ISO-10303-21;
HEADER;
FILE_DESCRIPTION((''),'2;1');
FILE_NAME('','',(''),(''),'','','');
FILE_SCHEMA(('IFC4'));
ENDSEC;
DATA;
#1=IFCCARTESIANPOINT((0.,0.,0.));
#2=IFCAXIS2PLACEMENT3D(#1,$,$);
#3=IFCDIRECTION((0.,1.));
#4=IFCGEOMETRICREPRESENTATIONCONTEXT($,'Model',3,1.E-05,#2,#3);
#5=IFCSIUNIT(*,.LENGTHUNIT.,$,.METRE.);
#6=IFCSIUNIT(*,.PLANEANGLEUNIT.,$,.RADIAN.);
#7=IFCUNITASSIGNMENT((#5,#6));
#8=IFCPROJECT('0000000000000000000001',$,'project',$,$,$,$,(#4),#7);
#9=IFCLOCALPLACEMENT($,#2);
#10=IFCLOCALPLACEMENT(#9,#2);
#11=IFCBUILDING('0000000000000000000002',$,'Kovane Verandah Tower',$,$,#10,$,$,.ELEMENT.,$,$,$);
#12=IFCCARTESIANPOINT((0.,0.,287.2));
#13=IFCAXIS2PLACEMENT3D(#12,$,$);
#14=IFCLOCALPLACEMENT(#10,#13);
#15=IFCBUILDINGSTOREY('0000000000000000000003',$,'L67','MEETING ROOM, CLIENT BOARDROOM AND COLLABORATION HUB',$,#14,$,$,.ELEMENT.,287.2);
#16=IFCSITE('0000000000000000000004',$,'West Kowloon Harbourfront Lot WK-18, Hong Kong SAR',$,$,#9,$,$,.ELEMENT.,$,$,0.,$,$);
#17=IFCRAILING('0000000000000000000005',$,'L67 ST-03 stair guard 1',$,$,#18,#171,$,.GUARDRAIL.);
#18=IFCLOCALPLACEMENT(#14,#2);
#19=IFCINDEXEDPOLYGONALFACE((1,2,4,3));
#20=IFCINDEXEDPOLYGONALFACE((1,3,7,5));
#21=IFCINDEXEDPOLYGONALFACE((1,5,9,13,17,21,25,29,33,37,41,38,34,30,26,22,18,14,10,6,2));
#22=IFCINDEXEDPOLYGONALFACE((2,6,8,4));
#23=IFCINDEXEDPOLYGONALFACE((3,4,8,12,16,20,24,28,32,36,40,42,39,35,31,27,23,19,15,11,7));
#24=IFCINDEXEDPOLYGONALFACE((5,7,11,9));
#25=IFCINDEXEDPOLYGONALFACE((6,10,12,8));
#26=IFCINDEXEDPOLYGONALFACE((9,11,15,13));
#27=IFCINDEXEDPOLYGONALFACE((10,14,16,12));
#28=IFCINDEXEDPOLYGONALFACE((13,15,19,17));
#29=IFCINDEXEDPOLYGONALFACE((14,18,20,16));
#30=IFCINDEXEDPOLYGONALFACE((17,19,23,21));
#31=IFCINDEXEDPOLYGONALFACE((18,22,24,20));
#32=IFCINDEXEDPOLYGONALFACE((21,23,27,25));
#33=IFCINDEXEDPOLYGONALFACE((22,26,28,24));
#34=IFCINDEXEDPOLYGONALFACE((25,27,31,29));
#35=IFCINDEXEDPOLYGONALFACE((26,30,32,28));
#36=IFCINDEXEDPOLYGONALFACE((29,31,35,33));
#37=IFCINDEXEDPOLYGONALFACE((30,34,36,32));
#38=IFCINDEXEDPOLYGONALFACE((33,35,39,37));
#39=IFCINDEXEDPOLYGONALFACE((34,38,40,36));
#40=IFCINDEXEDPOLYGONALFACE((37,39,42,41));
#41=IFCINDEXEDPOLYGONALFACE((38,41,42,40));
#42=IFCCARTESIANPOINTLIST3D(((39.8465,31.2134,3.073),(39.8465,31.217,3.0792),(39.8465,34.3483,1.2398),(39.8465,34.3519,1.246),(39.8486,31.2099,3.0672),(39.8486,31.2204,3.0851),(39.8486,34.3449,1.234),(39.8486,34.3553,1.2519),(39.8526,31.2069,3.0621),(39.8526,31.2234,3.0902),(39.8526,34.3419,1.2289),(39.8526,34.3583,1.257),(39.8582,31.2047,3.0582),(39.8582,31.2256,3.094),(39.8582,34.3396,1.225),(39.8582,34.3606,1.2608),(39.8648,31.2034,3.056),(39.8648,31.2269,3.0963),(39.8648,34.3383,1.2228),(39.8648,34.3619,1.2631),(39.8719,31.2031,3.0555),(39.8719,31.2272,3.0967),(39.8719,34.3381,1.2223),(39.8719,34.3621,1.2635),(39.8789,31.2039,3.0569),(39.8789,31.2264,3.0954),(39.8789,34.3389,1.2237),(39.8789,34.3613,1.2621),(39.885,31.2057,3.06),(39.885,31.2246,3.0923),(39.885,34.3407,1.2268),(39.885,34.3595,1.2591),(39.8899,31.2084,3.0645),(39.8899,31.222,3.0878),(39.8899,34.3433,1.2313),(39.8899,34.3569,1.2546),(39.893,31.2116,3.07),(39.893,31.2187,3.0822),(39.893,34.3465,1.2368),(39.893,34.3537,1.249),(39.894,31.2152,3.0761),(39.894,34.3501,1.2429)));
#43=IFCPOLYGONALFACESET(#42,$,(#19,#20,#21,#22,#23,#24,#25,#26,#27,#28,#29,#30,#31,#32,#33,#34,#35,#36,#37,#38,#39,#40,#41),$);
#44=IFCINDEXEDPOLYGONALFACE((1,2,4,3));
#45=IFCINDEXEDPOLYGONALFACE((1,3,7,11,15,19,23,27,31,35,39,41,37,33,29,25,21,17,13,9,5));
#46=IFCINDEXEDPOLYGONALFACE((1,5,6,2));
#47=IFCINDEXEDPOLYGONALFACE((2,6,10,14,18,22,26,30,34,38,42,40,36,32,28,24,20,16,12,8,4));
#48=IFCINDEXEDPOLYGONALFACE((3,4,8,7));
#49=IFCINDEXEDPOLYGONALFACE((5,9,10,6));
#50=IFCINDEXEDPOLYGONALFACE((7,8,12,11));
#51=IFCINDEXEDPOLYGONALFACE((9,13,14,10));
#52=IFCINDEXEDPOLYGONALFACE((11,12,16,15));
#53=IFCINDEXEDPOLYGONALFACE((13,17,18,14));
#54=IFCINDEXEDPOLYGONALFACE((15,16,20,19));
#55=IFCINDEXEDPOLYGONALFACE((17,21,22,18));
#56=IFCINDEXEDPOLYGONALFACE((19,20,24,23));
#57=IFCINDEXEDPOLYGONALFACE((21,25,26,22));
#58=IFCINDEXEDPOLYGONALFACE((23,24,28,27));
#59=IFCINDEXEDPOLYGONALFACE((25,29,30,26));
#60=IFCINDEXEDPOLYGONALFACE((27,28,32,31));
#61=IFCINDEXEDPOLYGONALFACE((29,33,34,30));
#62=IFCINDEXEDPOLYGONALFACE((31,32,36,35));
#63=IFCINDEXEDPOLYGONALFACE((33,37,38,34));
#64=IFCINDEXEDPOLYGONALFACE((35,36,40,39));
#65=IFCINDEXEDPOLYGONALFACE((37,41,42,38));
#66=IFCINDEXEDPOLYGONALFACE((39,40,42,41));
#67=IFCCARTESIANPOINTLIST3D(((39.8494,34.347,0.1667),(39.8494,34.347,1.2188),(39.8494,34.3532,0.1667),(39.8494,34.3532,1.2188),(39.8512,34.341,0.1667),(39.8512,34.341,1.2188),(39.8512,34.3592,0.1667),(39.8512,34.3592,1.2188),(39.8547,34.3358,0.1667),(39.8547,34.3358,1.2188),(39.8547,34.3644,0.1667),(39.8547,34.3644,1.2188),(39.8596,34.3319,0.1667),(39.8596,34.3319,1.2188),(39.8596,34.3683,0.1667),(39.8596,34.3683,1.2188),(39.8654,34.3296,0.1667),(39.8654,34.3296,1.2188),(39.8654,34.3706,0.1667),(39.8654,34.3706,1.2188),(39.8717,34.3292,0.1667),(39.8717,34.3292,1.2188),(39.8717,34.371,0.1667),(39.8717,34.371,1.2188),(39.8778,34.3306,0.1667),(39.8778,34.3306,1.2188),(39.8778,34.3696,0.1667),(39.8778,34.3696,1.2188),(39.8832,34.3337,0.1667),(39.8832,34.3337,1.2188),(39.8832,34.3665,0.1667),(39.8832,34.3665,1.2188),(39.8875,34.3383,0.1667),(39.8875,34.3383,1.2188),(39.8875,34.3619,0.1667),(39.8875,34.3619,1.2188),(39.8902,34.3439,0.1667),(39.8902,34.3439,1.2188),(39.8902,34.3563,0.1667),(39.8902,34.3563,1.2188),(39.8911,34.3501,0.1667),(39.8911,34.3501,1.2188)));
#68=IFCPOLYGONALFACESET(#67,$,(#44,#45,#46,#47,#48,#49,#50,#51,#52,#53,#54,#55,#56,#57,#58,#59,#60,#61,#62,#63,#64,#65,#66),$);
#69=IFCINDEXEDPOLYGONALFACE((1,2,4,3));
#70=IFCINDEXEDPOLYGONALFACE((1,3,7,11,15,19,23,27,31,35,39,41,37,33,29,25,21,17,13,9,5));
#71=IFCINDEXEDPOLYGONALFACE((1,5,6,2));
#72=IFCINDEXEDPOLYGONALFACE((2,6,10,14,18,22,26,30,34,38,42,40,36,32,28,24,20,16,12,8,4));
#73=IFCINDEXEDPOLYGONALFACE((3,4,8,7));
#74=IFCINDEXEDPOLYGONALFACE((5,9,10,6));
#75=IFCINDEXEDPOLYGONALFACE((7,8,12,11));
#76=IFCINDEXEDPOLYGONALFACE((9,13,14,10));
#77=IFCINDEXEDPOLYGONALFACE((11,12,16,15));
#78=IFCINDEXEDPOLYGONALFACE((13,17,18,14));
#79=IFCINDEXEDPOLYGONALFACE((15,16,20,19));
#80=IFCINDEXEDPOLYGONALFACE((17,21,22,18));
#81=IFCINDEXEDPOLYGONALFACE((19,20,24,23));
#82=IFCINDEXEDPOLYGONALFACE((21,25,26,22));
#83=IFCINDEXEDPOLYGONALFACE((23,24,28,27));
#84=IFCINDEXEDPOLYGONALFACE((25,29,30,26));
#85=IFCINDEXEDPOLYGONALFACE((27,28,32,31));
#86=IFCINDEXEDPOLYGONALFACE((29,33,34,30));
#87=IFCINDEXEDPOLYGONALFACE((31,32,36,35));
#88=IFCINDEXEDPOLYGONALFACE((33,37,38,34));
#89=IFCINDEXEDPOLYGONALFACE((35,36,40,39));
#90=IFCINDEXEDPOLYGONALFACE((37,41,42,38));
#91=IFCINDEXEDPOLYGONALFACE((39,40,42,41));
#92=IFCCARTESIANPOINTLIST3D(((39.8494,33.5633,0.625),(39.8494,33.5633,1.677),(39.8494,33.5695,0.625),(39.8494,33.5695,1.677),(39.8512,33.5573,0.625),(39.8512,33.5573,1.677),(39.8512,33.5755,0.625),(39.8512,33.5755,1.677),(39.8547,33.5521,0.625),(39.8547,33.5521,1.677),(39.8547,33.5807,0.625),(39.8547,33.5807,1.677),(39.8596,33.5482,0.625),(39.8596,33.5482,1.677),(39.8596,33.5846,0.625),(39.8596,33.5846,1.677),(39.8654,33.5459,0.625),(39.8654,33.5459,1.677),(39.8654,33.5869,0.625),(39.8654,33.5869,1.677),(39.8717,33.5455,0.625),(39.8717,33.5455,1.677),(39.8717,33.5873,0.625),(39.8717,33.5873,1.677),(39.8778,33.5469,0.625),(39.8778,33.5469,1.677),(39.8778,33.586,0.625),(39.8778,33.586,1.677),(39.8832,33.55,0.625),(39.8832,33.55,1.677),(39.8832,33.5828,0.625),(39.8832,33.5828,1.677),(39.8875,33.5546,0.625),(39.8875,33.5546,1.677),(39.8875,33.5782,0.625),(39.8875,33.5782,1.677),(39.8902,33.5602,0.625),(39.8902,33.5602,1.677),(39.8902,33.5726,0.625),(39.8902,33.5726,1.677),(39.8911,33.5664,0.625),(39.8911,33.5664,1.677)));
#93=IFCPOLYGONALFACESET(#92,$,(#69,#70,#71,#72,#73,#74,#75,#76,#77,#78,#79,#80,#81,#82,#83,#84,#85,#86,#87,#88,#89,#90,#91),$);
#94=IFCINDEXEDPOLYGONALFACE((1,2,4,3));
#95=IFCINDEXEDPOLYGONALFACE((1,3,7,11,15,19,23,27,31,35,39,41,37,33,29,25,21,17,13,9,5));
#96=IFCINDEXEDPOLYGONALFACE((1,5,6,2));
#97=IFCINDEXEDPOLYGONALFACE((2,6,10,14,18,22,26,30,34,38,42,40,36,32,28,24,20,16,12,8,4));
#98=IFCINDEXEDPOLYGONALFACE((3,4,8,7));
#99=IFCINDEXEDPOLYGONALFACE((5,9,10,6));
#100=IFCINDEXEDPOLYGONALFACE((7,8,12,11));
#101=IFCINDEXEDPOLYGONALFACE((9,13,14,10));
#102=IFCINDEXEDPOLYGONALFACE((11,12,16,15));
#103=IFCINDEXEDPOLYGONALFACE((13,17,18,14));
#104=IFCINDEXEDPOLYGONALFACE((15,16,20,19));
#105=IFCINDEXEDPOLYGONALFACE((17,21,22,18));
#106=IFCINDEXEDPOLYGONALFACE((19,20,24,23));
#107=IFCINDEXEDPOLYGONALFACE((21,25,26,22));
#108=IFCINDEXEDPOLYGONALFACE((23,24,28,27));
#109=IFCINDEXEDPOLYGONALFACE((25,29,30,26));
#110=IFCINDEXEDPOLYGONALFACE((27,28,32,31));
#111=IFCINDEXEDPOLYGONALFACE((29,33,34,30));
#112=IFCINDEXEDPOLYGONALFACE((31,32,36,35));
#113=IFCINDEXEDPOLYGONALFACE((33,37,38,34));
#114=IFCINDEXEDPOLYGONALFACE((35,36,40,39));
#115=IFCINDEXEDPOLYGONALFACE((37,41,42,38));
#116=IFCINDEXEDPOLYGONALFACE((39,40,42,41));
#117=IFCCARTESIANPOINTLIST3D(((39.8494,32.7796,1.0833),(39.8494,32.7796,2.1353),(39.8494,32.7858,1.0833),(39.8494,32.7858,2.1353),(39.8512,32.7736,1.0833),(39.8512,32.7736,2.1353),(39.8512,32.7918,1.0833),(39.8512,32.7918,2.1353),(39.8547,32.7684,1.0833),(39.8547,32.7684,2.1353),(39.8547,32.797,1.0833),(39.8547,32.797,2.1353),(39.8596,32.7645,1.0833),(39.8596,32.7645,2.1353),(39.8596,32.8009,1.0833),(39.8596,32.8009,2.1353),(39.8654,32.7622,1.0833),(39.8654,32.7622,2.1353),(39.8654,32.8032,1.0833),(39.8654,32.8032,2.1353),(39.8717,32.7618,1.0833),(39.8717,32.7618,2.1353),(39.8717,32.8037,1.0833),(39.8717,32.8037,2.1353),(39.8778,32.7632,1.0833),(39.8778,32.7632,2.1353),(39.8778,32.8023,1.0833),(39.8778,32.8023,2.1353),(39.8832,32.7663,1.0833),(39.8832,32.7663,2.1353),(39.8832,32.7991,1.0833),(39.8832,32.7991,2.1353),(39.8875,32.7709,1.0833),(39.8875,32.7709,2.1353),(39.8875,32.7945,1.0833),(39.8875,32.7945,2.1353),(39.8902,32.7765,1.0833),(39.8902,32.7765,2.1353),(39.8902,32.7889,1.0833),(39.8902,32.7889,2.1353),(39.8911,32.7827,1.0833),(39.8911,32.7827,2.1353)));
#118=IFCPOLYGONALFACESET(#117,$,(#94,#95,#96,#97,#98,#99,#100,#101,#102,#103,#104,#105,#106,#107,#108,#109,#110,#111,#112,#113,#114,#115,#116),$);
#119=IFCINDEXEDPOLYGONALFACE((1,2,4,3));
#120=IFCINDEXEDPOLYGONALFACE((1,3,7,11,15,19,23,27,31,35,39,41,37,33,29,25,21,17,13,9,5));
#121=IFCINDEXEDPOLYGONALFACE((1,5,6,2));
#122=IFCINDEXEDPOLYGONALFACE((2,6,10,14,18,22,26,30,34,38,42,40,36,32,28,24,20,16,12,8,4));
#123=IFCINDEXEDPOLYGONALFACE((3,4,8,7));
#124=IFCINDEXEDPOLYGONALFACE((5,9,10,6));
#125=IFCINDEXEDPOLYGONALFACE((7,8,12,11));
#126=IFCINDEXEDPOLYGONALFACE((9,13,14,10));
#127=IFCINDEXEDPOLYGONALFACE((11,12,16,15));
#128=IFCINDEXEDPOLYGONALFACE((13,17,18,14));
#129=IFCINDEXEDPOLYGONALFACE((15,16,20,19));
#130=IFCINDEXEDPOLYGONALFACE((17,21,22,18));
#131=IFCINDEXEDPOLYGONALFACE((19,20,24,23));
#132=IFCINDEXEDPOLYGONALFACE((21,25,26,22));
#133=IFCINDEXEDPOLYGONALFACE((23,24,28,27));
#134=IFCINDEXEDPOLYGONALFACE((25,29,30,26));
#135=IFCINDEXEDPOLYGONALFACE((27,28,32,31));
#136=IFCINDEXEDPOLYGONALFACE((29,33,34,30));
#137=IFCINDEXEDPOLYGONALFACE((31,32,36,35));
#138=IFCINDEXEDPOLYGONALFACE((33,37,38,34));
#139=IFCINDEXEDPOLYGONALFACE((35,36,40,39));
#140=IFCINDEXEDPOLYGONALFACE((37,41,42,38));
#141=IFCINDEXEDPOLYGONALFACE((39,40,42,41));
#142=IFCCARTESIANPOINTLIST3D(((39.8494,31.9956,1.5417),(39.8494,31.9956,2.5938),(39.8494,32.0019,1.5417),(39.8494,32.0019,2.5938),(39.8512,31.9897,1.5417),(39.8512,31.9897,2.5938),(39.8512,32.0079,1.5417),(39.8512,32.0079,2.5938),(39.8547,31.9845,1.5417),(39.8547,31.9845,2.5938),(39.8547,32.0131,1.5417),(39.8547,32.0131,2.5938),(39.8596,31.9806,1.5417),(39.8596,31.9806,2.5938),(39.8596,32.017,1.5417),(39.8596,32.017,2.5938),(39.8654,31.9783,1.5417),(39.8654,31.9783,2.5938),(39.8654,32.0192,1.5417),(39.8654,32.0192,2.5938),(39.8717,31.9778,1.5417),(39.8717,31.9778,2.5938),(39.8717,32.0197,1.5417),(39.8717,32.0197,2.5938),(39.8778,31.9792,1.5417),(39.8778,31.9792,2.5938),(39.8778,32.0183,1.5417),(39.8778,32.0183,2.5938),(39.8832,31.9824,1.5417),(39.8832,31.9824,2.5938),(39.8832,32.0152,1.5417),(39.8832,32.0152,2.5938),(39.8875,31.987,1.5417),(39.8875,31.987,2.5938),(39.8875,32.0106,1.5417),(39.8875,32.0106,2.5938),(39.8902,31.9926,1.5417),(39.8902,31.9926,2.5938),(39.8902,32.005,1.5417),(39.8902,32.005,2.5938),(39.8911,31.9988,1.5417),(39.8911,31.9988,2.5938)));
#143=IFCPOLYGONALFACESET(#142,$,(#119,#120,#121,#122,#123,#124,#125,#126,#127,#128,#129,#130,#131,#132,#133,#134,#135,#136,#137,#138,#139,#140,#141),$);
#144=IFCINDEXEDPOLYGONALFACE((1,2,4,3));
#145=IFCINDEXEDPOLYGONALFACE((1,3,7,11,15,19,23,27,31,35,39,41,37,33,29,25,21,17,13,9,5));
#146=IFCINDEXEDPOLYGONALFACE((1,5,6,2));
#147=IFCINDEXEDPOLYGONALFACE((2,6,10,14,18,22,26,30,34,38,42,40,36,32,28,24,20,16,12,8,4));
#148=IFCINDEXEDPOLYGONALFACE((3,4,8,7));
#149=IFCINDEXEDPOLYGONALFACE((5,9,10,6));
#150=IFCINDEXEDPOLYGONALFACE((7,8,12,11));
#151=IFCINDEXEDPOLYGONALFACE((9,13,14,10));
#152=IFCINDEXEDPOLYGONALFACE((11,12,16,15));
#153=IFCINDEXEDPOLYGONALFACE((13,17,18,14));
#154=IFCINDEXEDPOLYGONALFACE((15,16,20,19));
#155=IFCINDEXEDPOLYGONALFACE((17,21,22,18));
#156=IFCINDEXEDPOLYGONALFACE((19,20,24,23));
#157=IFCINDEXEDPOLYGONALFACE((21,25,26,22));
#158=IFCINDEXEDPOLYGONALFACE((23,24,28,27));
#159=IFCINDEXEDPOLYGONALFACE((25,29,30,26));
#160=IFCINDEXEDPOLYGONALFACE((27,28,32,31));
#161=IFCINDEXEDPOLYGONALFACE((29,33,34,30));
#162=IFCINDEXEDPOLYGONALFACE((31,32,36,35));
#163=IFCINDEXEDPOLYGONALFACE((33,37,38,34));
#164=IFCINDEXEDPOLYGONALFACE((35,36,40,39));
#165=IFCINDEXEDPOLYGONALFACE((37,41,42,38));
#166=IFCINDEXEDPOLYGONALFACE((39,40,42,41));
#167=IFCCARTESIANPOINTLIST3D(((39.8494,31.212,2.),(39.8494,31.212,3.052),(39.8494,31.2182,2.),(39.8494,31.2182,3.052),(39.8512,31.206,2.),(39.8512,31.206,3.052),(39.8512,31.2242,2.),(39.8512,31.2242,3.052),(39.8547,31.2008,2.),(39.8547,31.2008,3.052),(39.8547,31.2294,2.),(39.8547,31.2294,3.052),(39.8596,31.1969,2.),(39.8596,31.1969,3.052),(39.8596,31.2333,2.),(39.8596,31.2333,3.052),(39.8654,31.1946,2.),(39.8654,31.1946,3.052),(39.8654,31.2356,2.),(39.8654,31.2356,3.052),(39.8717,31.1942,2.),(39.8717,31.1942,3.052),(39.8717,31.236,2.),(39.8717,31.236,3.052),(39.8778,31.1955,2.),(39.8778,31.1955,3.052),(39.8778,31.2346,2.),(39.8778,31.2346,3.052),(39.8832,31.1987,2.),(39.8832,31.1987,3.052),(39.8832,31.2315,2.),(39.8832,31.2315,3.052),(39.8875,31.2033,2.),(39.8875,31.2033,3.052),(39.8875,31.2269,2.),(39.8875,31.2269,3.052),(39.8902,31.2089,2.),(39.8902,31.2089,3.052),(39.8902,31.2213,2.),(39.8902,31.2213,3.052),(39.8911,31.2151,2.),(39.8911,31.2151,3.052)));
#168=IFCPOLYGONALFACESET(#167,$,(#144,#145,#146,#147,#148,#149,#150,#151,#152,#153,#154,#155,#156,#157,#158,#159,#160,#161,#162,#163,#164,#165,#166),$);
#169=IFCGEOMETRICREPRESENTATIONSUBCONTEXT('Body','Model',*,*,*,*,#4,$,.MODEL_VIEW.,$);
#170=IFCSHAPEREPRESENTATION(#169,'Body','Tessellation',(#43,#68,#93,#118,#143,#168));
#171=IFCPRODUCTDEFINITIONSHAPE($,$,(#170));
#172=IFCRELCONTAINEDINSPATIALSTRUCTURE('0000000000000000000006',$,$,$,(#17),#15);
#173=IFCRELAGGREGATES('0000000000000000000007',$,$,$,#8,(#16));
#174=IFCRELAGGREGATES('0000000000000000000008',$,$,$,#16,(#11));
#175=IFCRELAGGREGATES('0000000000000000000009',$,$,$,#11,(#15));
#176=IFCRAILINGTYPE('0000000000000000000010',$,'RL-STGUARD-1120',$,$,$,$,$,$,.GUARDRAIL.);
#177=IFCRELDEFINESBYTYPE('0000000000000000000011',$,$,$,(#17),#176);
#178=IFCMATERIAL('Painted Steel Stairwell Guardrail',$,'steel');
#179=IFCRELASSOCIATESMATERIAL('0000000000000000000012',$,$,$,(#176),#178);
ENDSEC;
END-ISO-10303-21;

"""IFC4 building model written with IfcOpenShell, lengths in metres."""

from ifc_helpers import new_model, si_unit, direction, frame, origin, origin_2d, place, context, subcontext, project, spatial, circle, extrude, material, type_object, element, save


model = new_model("IFC4")

# Units and contexts
model_context = context("Model", 3, precision=1e-05, world=origin(), true_north=direction((0.0, 1.0)))
body_context = subcontext(model_context, "Body", "Model", "MODEL_VIEW")
ifc_project = project(units=[si_unit("LENGTHUNIT", "METRE"), si_unit("PLANEANGLEUNIT", "RADIAN")], contexts=[model_context])

# Site, building, storey
site_placement = place(None, origin())
site = spatial("IfcSite", under=ifc_project, at=site_placement, Name="West Kowloon Harbourfront Lot WK-18, Hong Kong SAR", CompositionType="ELEMENT", RefElevation=0.0)
building_placement = place(site_placement, origin())
building = spatial("IfcBuilding", under=site, at=building_placement, Name="Kovane Verandah Tower", CompositionType="ELEMENT")
storey_placement = place(building_placement, frame((0.0, 0.0, 287.2)))
storey = spatial("IfcBuildingStorey", under=building, at=storey_placement, Name="L67", Description="MEETING ROOM, CLIENT BOARDROOM AND COLLABORATION HUB", CompositionType="ELEMENT", Elevation=287.2)

# Railing
ifc_material_1 = material(Name="Painted Steel Stairwell Guardrail", Category="steel")
railing_type_1 = type_object("IfcRailingType", Name="RL-STGUARD-1120", PredefinedType="GUARDRAIL", material=ifc_material_1)
railing_1_placement = place(storey_placement, frame((39.8701, 34.3501, 0.1667)))
element("IfcRailing", 1, at=railing_1_placement, inside=storey, type_object=railing_type_1, Name="L67 ST-03 stair guard 1", PredefinedType="GUARDRAIL", context=body_context, shape_type="SweptSolid", body=[
    extrude(circle(Radius=0.0239, at=origin_2d()), frame((0.0, 0.0, 1.0762), z_axis=(0.0, -0.86324, 0.504794), x_axis=(1.0, 0.0, 0.0)), (0.0, 0.0, 1.0), 3.6316),
    extrude(circle(Radius=0.021, at=origin_2d()), origin(), (0.0, 0.0, 1.0), 1.052),
    extrude(circle(Radius=0.021, at=origin_2d()), frame((0.0, -0.7837, 0.4583)), (0.0, 0.0, 1.0), 1.052),
    extrude(circle(Radius=0.021, at=origin_2d()), frame((0.0, -1.5674, 0.9165)), (0.0, 0.0, 1.0), 1.052),
    extrude(circle(Radius=0.021, at=origin_2d()), frame((0.0, -2.3513, 1.375)), (0.0, 0.0, 1.0), 1.052),
    extrude(circle(Radius=0.021, at=origin_2d()), frame((0.0, -3.135, 1.8333)), (0.0, 0.0, 1.0), 1.052),
])

save(model, "model.ifc")
